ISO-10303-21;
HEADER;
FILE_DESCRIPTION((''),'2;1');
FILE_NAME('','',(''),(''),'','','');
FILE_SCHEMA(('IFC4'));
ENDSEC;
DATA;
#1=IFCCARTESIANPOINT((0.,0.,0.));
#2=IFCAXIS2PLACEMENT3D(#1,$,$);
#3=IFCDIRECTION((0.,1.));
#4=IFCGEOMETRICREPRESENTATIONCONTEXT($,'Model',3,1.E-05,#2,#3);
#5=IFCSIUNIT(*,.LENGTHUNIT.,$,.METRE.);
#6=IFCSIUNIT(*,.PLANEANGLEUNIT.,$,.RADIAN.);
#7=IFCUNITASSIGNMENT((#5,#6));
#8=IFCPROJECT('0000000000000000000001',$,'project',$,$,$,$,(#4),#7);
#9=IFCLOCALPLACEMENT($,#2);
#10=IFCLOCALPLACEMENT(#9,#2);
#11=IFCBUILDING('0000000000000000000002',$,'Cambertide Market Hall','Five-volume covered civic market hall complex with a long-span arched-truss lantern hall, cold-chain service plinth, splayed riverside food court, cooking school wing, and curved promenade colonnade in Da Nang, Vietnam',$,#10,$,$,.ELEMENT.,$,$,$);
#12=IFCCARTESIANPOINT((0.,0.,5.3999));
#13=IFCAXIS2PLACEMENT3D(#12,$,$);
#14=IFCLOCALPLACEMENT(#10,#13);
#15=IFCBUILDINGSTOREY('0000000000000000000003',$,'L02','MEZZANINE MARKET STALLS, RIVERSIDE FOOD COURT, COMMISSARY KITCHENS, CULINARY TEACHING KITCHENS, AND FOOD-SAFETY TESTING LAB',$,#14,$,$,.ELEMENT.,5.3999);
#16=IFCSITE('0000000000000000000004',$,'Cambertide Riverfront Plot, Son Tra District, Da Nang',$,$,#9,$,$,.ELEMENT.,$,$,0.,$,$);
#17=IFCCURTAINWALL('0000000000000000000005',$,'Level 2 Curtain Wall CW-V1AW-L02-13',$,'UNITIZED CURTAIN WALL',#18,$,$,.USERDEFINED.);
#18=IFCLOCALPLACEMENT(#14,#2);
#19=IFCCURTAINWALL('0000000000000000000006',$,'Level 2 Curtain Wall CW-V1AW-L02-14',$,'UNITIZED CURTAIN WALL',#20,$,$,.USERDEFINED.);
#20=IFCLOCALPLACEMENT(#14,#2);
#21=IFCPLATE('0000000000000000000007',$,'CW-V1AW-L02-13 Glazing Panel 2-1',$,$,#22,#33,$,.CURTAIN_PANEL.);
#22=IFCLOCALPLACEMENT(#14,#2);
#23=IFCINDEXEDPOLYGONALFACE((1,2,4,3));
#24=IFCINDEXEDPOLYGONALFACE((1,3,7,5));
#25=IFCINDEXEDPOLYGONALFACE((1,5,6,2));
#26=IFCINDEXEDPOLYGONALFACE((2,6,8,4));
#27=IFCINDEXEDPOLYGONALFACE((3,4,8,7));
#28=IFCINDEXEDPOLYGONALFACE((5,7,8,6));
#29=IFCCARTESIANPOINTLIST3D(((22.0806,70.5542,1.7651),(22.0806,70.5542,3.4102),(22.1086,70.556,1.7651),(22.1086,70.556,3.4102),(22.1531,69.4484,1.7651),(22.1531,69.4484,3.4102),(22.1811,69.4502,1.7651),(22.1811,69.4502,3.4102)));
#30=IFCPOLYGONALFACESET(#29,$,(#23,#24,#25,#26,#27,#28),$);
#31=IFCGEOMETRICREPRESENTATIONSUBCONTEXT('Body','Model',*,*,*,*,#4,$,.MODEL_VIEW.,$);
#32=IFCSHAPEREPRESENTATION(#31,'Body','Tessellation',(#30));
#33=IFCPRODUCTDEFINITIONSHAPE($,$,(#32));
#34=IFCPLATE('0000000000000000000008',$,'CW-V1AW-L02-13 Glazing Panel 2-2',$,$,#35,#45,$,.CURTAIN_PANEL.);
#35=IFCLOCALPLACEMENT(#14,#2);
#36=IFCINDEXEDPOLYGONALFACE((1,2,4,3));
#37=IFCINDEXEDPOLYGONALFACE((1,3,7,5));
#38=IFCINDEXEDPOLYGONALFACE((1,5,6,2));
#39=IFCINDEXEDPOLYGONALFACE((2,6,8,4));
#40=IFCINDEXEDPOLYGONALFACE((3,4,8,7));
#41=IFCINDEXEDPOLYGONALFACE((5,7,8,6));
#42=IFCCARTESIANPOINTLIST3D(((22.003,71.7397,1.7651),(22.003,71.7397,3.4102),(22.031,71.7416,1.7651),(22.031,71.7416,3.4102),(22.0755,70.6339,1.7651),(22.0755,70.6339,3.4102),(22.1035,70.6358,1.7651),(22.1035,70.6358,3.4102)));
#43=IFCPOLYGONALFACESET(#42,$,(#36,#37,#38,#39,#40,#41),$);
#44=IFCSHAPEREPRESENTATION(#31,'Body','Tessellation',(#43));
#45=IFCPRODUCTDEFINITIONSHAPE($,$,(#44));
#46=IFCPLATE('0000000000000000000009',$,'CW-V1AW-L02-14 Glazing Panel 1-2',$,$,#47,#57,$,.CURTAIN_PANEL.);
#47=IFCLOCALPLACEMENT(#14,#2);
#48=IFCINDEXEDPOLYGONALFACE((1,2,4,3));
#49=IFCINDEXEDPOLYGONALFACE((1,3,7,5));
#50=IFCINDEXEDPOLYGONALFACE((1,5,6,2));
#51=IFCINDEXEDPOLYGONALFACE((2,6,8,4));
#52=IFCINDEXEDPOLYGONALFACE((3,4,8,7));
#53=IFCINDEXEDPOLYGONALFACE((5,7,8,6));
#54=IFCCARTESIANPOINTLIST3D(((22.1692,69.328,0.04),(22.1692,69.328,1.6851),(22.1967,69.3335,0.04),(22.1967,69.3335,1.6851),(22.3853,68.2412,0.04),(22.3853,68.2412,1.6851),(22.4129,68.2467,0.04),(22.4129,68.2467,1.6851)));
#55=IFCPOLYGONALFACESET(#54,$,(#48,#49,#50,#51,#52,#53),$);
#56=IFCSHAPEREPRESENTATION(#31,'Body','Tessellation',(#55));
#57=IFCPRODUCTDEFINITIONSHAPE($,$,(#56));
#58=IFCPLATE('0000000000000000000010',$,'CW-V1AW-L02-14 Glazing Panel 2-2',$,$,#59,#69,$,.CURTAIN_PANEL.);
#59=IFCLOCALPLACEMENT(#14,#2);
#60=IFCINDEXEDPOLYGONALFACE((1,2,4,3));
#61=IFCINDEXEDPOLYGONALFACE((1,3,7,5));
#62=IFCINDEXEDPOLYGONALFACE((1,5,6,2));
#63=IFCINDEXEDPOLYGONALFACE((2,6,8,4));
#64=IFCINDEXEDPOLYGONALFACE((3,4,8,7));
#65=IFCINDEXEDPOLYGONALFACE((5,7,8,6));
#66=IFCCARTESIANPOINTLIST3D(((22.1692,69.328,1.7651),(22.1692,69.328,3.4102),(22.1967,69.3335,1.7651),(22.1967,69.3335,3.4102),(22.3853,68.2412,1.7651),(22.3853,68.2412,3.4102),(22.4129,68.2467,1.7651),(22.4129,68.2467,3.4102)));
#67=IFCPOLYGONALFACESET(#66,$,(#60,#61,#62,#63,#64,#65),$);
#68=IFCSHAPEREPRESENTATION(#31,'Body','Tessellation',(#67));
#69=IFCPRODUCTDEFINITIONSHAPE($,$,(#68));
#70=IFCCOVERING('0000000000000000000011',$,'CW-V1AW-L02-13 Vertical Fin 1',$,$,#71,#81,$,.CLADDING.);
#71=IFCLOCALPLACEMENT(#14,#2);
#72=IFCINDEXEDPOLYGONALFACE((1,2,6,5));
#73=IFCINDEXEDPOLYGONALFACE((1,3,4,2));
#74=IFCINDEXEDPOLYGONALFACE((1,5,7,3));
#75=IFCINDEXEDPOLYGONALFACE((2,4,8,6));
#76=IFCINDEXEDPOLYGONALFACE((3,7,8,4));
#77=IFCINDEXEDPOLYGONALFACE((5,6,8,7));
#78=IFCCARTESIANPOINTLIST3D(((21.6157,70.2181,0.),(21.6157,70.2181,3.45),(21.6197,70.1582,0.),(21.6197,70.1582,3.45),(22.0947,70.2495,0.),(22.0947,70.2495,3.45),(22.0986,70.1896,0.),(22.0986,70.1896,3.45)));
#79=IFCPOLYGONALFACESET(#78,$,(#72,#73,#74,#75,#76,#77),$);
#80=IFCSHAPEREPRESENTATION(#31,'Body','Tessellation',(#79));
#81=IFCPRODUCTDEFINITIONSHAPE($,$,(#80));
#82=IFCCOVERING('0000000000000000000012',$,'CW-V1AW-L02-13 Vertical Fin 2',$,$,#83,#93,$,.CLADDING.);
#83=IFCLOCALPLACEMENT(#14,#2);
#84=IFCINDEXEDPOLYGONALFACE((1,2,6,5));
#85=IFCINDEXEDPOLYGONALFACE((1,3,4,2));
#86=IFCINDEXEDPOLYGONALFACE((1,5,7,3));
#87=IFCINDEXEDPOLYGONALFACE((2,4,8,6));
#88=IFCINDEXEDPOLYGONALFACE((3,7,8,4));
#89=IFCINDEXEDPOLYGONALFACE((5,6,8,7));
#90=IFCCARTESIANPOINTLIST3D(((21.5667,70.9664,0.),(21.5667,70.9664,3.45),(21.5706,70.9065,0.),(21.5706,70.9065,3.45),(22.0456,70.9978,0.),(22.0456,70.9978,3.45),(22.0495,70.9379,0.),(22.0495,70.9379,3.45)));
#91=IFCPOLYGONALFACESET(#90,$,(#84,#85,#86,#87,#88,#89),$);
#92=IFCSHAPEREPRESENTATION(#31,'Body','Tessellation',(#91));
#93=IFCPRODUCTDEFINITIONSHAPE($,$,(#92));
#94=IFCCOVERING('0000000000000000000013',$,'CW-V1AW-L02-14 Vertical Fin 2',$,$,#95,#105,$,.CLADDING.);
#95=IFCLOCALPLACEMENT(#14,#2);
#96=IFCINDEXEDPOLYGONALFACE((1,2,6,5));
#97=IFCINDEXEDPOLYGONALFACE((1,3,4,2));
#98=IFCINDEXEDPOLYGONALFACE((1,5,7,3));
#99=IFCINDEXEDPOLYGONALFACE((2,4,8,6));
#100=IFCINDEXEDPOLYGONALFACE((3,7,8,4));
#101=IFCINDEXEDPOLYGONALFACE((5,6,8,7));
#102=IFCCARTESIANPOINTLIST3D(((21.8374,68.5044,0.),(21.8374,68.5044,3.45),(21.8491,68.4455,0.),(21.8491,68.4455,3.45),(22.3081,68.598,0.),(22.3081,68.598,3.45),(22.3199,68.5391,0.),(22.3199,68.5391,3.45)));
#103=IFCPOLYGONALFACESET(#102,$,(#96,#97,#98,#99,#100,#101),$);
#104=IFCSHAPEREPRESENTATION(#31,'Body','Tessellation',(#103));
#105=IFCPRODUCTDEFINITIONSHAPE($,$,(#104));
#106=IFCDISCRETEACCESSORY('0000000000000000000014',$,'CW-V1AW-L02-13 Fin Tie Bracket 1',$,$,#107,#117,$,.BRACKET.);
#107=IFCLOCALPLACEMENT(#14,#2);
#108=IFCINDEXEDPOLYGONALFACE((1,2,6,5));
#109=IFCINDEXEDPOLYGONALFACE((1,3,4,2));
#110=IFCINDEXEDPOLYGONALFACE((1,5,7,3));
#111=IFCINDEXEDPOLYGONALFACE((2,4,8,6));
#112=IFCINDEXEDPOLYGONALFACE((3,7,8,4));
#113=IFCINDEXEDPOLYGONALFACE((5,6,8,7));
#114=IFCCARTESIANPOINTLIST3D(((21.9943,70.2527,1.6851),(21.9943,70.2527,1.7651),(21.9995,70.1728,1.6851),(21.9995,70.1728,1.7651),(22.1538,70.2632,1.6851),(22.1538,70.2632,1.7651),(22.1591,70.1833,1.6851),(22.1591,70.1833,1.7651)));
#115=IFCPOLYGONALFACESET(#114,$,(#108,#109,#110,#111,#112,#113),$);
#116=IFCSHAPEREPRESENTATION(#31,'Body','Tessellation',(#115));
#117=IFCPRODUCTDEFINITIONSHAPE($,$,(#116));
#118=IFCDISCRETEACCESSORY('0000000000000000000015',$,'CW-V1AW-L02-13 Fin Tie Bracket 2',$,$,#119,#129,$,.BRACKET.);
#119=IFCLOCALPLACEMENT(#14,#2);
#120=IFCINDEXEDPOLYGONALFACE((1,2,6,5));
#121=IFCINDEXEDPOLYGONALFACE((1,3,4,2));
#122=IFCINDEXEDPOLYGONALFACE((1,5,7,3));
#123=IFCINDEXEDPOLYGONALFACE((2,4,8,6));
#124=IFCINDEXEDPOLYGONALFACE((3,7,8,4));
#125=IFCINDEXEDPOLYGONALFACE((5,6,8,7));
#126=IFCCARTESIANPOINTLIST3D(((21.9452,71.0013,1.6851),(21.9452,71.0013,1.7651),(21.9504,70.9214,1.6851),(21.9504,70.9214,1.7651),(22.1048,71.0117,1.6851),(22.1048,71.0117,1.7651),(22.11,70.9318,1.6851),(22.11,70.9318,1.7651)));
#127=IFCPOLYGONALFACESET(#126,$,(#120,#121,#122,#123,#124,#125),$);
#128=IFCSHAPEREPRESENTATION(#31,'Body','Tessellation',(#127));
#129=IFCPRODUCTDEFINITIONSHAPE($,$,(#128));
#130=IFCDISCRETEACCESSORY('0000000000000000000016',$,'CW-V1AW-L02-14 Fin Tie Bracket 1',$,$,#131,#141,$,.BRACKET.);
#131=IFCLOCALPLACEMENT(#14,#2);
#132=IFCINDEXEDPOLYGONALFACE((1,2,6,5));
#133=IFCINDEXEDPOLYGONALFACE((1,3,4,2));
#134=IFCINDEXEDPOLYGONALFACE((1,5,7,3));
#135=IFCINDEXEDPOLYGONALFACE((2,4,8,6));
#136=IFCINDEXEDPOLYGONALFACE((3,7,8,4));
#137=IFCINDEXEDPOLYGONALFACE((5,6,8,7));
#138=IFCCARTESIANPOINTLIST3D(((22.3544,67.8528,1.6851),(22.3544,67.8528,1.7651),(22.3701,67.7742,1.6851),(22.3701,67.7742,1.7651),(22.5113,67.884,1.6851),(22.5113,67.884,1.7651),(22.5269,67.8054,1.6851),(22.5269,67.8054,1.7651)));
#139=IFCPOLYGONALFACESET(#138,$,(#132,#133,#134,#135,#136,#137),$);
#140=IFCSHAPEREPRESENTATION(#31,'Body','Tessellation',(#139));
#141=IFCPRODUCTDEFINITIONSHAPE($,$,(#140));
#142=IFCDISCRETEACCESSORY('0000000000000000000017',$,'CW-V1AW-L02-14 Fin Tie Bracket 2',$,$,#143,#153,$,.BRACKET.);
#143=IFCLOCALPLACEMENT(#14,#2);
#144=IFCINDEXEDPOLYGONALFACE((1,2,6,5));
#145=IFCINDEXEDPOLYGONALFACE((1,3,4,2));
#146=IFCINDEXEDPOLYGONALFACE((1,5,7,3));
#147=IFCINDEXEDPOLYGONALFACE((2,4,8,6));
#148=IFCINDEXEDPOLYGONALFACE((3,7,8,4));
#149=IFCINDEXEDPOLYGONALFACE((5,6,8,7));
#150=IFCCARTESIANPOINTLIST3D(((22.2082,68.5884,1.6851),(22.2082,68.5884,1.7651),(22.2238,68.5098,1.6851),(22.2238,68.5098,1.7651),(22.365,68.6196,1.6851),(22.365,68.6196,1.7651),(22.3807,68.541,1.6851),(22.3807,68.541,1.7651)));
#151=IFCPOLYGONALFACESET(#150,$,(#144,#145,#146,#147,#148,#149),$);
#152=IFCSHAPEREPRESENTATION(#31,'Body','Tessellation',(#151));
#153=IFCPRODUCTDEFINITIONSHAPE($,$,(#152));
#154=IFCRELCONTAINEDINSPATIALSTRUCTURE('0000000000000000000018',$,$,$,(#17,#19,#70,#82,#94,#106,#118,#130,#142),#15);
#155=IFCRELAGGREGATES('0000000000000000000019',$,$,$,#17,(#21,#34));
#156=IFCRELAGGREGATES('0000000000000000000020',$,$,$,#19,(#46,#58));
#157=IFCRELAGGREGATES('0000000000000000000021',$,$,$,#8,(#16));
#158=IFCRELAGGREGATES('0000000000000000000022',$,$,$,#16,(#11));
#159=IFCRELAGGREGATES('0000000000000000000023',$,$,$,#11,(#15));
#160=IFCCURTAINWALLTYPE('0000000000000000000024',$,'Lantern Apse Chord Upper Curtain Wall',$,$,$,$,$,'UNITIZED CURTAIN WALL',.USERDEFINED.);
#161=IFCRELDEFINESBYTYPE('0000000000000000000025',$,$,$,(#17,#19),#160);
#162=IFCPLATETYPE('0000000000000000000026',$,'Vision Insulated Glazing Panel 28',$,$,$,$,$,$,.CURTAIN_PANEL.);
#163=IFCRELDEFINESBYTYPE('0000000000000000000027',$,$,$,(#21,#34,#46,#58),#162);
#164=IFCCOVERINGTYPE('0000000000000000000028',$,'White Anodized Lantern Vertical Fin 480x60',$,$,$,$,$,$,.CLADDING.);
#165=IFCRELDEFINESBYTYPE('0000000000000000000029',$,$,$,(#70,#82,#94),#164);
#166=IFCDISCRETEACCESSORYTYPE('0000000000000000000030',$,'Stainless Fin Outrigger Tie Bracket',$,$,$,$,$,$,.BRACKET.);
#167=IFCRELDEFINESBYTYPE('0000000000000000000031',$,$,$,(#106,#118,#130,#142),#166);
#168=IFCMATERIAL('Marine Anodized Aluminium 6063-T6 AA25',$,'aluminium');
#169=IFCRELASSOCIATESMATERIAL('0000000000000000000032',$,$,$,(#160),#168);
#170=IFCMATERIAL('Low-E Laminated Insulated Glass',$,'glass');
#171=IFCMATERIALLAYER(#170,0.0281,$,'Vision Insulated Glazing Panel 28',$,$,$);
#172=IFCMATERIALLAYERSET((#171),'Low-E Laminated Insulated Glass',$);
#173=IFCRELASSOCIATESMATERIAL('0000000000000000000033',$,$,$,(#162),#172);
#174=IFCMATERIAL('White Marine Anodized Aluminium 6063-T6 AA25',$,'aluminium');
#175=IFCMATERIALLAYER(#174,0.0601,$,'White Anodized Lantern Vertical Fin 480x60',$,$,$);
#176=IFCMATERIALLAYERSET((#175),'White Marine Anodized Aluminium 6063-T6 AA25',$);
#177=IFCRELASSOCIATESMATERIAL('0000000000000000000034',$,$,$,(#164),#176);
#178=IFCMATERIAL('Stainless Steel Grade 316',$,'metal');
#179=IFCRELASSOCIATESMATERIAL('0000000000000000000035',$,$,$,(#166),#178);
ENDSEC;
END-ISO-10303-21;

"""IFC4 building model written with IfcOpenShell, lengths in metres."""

from ifc_helpers import new_model, si_unit, direction, frame, origin, origin_2d, place, context, subcontext, project, spatial, rectangle, extrude, material, layer, layer_set, type_object, element, aggregate, save


model = new_model("IFC4")

# Units and contexts
model_context = context("Model", 3, precision=1e-05, world=origin(), true_north=direction((0.0, 1.0)))
body_context = subcontext(model_context, "Body", "Model", "MODEL_VIEW")
ifc_project = project(units=[si_unit("LENGTHUNIT", "METRE"), si_unit("PLANEANGLEUNIT", "RADIAN")], contexts=[model_context])

# Site, building, storey
site_placement = place(None, origin())
site = spatial("IfcSite", under=ifc_project, at=site_placement, Name="Cambertide Riverfront Plot, Son Tra District, Da Nang", CompositionType="ELEMENT", RefElevation=0.0)
building_placement = place(site_placement, origin())
building = spatial("IfcBuilding", under=site, at=building_placement, Name="Cambertide Market Hall", Description="Five-volume covered civic market hall complex with a long-span arched-truss lantern hall, cold-chain service plinth, splayed riverside food court, cooking school wing, and curved promenade colonnade in Da Nang, Vietnam", CompositionType="ELEMENT")
storey_placement = place(building_placement, frame((0.0, 0.0, 5.3999)))
storey = spatial("IfcBuildingStorey", under=building, at=storey_placement, Name="L02", Description="MEZZANINE MARKET STALLS, RIVERSIDE FOOD COURT, COMMISSARY KITCHENS, CULINARY TEACHING KITCHENS, AND FOOD-SAFETY TESTING LAB", CompositionType="ELEMENT", Elevation=5.3999)

# Curtain walls
ifc_material_1 = material(Name="Marine Anodized Aluminium 6063-T6 AA25", Category="aluminium")
curtain_wall_type = type_object("IfcCurtainWallType", Name="Lantern Apse Chord Upper Curtain Wall", ElementType="UNITIZED CURTAIN WALL", PredefinedType="USERDEFINED", material=ifc_material_1)
curtain_wall_1_placement = place(storey_placement, origin())
curtain_wall_1 = element("IfcCurtainWall", 1, at=curtain_wall_1_placement, inside=storey, type_object=curtain_wall_type, Name="Level 2 Curtain Wall CW-V1AW-L02-13", ObjectType="UNITIZED CURTAIN WALL", PredefinedType="USERDEFINED")
curtain_wall_2_placement = place(storey_placement, origin())
curtain_wall_2 = element("IfcCurtainWall", 2, at=curtain_wall_2_placement, inside=storey, type_object=curtain_wall_type, Name="Level 2 Curtain Wall CW-V1AW-L02-14", ObjectType="UNITIZED CURTAIN WALL", PredefinedType="USERDEFINED")

# Plates
ifc_material_2 = material(Name="Low-E Laminated Insulated Glass", Category="glass")
ifc_layer_1 = layer(ifc_material_2, 0.0281, Name="Vision Insulated Glazing Panel 28")
ifc_layer_set_1 = layer_set([ifc_layer_1], Name="Low-E Laminated Insulated Glass")
plate_type = type_object("IfcPlateType", Name="Vision Insulated Glazing Panel 28", PredefinedType="CURTAIN_PANEL", material=ifc_layer_set_1)
plate_1_placement = place(storey_placement, frame((22.1309, 70.0022, 1.7651), z_axis=(0.0, 0.0, 1.0), x_axis=(-0.065403, 0.997859, 0.0)))
plate_1 = element("IfcPlate", 3, at=plate_1_placement, type_object=plate_type, Name="CW-V1AW-L02-13 Glazing Panel 2-1", PredefinedType="CURTAIN_PANEL", context=body_context, shape_type="SweptSolid", body=[
    extrude(rectangle(XDim=1.1082, YDim=0.0281, at=origin_2d()), origin(), (0.0, 0.0, 1.0), 1.645),
])
plate_2_placement = place(storey_placement, frame((22.0532, 71.1877, 1.7651), z_axis=(0.0, 0.0, 1.0), x_axis=(-0.065403, 0.997859, 0.0)))
plate_2 = element("IfcPlate", 4, at=plate_2_placement, type_object=plate_type, Name="CW-V1AW-L02-13 Glazing Panel 2-2", PredefinedType="CURTAIN_PANEL", context=body_context, shape_type="SweptSolid", body=[
    extrude(rectangle(XDim=1.1082, YDim=0.0281, at=origin_2d()), origin(), (0.0, 0.0, 1.0), 1.645),
])
aggregate(curtain_wall_1, [plate_1, plate_2])
plate_3_placement = place(storey_placement, frame((22.291, 68.7874, 0.04), z_axis=(0.0, 0.0, 1.0), x_axis=(-0.19509, 0.980785, 0.0)))
plate_3 = element("IfcPlate", 5, at=plate_3_placement, type_object=plate_type, Name="CW-V1AW-L02-14 Glazing Panel 1-2", PredefinedType="CURTAIN_PANEL", context=body_context, shape_type="SweptSolid", body=[
    extrude(rectangle(XDim=1.1082, YDim=0.0281, at=origin_2d()), origin(), (0.0, 0.0, 1.0), 1.645),
])
plate_4_placement = place(storey_placement, frame((22.291, 68.7874, 1.7651), z_axis=(0.0, 0.0, 1.0), x_axis=(-0.19509, 0.980785, 0.0)))
plate_4 = element("IfcPlate", 6, at=plate_4_placement, type_object=plate_type, Name="CW-V1AW-L02-14 Glazing Panel 2-2", PredefinedType="CURTAIN_PANEL", context=body_context, shape_type="SweptSolid", body=[
    extrude(rectangle(XDim=1.1082, YDim=0.0281, at=origin_2d()), origin(), (0.0, 0.0, 1.0), 1.645),
])
aggregate(curtain_wall_2, [plate_3, plate_4])

# Coverings
ifc_material_3 = material(Name="White Marine Anodized Aluminium 6063-T6 AA25", Category="aluminium")
ifc_layer_2 = layer(ifc_material_3, 0.0601, Name="White Anodized Lantern Vertical Fin 480x60")
ifc_layer_set_2 = layer_set([ifc_layer_2], Name="White Marine Anodized Aluminium 6063-T6 AA25")
covering_type = type_object("IfcCoveringType", Name="White Anodized Lantern Vertical Fin 480x60", PredefinedType="CLADDING", material=ifc_layer_set_2)
for number, where, z_axis, x_axis, name in (
    (7, (21.8572, 70.2039, 0.0), (0.0, 0.0, 1.0), (-0.065403, 0.997859, 0.0), "CW-V1AW-L02-13 Vertical Fin 1"),
    (8, (21.8081, 70.9521, 0.0), (0.0, 0.0, 1.0), (-0.065403, 0.997859, 0.0), "CW-V1AW-L02-13 Vertical Fin 2"),
    (9, (22.0786, 68.5217, 0.0), (0.0, 0.0, 1.0), (-0.19509, 0.980785, 0.0), "CW-V1AW-L02-14 Vertical Fin 2"),
):
    element("IfcCovering", number, at=place(storey_placement, frame(where, z_axis=z_axis, x_axis=x_axis)), inside=storey, type_object=covering_type, Name=name, PredefinedType="CLADDING", context=body_context, shape_type="SweptSolid", body=[
        extrude(rectangle(XDim=0.0601, YDim=0.48, at=origin_2d()), origin(), (0.0, 0.0, 1.0), 3.45),
    ])

# Discrete accessories
ifc_material_4 = material(Name="Stainless Steel Grade 316", Category="metal")
discrete_accessory_type = type_object("IfcDiscreteAccessoryType", Name="Stainless Fin Outrigger Tie Bracket", PredefinedType="BRACKET", material=ifc_material_4)
for number, where, z_axis, x_axis, name in (
    (10, (22.0767, 70.218, 1.6851), (0.0, 0.0, 1.0), (-0.065403, 0.997859, 0.0), "CW-V1AW-L02-13 Fin Tie Bracket 1"),
    (11, (22.0276, 70.9666, 1.6851), (0.0, 0.0, 1.0), (-0.065403, 0.997859, 0.0), "CW-V1AW-L02-13 Fin Tie Bracket 2"),
    (12, (22.4407, 67.8291, 1.6851), (0.0, 0.0, 1.0), (-0.19509, 0.980785, 0.0), "CW-V1AW-L02-14 Fin Tie Bracket 1"),
    (13, (22.2944, 68.5647, 1.6851), (0.0, 0.0, 1.0), (-0.19509, 0.980785, 0.0), "CW-V1AW-L02-14 Fin Tie Bracket 2"),
):
    element("IfcDiscreteAccessory", number, at=place(storey_placement, frame(where, z_axis=z_axis, x_axis=x_axis)), inside=storey, type_object=discrete_accessory_type, Name=name, PredefinedType="BRACKET", context=body_context, shape_type="SweptSolid", body=[
        extrude(rectangle(XDim=0.0801, YDim=0.1599, at=origin_2d()), origin(), (0.0, 0.0, 1.0), 0.0801),
    ])

save(model, "model.ifc")
